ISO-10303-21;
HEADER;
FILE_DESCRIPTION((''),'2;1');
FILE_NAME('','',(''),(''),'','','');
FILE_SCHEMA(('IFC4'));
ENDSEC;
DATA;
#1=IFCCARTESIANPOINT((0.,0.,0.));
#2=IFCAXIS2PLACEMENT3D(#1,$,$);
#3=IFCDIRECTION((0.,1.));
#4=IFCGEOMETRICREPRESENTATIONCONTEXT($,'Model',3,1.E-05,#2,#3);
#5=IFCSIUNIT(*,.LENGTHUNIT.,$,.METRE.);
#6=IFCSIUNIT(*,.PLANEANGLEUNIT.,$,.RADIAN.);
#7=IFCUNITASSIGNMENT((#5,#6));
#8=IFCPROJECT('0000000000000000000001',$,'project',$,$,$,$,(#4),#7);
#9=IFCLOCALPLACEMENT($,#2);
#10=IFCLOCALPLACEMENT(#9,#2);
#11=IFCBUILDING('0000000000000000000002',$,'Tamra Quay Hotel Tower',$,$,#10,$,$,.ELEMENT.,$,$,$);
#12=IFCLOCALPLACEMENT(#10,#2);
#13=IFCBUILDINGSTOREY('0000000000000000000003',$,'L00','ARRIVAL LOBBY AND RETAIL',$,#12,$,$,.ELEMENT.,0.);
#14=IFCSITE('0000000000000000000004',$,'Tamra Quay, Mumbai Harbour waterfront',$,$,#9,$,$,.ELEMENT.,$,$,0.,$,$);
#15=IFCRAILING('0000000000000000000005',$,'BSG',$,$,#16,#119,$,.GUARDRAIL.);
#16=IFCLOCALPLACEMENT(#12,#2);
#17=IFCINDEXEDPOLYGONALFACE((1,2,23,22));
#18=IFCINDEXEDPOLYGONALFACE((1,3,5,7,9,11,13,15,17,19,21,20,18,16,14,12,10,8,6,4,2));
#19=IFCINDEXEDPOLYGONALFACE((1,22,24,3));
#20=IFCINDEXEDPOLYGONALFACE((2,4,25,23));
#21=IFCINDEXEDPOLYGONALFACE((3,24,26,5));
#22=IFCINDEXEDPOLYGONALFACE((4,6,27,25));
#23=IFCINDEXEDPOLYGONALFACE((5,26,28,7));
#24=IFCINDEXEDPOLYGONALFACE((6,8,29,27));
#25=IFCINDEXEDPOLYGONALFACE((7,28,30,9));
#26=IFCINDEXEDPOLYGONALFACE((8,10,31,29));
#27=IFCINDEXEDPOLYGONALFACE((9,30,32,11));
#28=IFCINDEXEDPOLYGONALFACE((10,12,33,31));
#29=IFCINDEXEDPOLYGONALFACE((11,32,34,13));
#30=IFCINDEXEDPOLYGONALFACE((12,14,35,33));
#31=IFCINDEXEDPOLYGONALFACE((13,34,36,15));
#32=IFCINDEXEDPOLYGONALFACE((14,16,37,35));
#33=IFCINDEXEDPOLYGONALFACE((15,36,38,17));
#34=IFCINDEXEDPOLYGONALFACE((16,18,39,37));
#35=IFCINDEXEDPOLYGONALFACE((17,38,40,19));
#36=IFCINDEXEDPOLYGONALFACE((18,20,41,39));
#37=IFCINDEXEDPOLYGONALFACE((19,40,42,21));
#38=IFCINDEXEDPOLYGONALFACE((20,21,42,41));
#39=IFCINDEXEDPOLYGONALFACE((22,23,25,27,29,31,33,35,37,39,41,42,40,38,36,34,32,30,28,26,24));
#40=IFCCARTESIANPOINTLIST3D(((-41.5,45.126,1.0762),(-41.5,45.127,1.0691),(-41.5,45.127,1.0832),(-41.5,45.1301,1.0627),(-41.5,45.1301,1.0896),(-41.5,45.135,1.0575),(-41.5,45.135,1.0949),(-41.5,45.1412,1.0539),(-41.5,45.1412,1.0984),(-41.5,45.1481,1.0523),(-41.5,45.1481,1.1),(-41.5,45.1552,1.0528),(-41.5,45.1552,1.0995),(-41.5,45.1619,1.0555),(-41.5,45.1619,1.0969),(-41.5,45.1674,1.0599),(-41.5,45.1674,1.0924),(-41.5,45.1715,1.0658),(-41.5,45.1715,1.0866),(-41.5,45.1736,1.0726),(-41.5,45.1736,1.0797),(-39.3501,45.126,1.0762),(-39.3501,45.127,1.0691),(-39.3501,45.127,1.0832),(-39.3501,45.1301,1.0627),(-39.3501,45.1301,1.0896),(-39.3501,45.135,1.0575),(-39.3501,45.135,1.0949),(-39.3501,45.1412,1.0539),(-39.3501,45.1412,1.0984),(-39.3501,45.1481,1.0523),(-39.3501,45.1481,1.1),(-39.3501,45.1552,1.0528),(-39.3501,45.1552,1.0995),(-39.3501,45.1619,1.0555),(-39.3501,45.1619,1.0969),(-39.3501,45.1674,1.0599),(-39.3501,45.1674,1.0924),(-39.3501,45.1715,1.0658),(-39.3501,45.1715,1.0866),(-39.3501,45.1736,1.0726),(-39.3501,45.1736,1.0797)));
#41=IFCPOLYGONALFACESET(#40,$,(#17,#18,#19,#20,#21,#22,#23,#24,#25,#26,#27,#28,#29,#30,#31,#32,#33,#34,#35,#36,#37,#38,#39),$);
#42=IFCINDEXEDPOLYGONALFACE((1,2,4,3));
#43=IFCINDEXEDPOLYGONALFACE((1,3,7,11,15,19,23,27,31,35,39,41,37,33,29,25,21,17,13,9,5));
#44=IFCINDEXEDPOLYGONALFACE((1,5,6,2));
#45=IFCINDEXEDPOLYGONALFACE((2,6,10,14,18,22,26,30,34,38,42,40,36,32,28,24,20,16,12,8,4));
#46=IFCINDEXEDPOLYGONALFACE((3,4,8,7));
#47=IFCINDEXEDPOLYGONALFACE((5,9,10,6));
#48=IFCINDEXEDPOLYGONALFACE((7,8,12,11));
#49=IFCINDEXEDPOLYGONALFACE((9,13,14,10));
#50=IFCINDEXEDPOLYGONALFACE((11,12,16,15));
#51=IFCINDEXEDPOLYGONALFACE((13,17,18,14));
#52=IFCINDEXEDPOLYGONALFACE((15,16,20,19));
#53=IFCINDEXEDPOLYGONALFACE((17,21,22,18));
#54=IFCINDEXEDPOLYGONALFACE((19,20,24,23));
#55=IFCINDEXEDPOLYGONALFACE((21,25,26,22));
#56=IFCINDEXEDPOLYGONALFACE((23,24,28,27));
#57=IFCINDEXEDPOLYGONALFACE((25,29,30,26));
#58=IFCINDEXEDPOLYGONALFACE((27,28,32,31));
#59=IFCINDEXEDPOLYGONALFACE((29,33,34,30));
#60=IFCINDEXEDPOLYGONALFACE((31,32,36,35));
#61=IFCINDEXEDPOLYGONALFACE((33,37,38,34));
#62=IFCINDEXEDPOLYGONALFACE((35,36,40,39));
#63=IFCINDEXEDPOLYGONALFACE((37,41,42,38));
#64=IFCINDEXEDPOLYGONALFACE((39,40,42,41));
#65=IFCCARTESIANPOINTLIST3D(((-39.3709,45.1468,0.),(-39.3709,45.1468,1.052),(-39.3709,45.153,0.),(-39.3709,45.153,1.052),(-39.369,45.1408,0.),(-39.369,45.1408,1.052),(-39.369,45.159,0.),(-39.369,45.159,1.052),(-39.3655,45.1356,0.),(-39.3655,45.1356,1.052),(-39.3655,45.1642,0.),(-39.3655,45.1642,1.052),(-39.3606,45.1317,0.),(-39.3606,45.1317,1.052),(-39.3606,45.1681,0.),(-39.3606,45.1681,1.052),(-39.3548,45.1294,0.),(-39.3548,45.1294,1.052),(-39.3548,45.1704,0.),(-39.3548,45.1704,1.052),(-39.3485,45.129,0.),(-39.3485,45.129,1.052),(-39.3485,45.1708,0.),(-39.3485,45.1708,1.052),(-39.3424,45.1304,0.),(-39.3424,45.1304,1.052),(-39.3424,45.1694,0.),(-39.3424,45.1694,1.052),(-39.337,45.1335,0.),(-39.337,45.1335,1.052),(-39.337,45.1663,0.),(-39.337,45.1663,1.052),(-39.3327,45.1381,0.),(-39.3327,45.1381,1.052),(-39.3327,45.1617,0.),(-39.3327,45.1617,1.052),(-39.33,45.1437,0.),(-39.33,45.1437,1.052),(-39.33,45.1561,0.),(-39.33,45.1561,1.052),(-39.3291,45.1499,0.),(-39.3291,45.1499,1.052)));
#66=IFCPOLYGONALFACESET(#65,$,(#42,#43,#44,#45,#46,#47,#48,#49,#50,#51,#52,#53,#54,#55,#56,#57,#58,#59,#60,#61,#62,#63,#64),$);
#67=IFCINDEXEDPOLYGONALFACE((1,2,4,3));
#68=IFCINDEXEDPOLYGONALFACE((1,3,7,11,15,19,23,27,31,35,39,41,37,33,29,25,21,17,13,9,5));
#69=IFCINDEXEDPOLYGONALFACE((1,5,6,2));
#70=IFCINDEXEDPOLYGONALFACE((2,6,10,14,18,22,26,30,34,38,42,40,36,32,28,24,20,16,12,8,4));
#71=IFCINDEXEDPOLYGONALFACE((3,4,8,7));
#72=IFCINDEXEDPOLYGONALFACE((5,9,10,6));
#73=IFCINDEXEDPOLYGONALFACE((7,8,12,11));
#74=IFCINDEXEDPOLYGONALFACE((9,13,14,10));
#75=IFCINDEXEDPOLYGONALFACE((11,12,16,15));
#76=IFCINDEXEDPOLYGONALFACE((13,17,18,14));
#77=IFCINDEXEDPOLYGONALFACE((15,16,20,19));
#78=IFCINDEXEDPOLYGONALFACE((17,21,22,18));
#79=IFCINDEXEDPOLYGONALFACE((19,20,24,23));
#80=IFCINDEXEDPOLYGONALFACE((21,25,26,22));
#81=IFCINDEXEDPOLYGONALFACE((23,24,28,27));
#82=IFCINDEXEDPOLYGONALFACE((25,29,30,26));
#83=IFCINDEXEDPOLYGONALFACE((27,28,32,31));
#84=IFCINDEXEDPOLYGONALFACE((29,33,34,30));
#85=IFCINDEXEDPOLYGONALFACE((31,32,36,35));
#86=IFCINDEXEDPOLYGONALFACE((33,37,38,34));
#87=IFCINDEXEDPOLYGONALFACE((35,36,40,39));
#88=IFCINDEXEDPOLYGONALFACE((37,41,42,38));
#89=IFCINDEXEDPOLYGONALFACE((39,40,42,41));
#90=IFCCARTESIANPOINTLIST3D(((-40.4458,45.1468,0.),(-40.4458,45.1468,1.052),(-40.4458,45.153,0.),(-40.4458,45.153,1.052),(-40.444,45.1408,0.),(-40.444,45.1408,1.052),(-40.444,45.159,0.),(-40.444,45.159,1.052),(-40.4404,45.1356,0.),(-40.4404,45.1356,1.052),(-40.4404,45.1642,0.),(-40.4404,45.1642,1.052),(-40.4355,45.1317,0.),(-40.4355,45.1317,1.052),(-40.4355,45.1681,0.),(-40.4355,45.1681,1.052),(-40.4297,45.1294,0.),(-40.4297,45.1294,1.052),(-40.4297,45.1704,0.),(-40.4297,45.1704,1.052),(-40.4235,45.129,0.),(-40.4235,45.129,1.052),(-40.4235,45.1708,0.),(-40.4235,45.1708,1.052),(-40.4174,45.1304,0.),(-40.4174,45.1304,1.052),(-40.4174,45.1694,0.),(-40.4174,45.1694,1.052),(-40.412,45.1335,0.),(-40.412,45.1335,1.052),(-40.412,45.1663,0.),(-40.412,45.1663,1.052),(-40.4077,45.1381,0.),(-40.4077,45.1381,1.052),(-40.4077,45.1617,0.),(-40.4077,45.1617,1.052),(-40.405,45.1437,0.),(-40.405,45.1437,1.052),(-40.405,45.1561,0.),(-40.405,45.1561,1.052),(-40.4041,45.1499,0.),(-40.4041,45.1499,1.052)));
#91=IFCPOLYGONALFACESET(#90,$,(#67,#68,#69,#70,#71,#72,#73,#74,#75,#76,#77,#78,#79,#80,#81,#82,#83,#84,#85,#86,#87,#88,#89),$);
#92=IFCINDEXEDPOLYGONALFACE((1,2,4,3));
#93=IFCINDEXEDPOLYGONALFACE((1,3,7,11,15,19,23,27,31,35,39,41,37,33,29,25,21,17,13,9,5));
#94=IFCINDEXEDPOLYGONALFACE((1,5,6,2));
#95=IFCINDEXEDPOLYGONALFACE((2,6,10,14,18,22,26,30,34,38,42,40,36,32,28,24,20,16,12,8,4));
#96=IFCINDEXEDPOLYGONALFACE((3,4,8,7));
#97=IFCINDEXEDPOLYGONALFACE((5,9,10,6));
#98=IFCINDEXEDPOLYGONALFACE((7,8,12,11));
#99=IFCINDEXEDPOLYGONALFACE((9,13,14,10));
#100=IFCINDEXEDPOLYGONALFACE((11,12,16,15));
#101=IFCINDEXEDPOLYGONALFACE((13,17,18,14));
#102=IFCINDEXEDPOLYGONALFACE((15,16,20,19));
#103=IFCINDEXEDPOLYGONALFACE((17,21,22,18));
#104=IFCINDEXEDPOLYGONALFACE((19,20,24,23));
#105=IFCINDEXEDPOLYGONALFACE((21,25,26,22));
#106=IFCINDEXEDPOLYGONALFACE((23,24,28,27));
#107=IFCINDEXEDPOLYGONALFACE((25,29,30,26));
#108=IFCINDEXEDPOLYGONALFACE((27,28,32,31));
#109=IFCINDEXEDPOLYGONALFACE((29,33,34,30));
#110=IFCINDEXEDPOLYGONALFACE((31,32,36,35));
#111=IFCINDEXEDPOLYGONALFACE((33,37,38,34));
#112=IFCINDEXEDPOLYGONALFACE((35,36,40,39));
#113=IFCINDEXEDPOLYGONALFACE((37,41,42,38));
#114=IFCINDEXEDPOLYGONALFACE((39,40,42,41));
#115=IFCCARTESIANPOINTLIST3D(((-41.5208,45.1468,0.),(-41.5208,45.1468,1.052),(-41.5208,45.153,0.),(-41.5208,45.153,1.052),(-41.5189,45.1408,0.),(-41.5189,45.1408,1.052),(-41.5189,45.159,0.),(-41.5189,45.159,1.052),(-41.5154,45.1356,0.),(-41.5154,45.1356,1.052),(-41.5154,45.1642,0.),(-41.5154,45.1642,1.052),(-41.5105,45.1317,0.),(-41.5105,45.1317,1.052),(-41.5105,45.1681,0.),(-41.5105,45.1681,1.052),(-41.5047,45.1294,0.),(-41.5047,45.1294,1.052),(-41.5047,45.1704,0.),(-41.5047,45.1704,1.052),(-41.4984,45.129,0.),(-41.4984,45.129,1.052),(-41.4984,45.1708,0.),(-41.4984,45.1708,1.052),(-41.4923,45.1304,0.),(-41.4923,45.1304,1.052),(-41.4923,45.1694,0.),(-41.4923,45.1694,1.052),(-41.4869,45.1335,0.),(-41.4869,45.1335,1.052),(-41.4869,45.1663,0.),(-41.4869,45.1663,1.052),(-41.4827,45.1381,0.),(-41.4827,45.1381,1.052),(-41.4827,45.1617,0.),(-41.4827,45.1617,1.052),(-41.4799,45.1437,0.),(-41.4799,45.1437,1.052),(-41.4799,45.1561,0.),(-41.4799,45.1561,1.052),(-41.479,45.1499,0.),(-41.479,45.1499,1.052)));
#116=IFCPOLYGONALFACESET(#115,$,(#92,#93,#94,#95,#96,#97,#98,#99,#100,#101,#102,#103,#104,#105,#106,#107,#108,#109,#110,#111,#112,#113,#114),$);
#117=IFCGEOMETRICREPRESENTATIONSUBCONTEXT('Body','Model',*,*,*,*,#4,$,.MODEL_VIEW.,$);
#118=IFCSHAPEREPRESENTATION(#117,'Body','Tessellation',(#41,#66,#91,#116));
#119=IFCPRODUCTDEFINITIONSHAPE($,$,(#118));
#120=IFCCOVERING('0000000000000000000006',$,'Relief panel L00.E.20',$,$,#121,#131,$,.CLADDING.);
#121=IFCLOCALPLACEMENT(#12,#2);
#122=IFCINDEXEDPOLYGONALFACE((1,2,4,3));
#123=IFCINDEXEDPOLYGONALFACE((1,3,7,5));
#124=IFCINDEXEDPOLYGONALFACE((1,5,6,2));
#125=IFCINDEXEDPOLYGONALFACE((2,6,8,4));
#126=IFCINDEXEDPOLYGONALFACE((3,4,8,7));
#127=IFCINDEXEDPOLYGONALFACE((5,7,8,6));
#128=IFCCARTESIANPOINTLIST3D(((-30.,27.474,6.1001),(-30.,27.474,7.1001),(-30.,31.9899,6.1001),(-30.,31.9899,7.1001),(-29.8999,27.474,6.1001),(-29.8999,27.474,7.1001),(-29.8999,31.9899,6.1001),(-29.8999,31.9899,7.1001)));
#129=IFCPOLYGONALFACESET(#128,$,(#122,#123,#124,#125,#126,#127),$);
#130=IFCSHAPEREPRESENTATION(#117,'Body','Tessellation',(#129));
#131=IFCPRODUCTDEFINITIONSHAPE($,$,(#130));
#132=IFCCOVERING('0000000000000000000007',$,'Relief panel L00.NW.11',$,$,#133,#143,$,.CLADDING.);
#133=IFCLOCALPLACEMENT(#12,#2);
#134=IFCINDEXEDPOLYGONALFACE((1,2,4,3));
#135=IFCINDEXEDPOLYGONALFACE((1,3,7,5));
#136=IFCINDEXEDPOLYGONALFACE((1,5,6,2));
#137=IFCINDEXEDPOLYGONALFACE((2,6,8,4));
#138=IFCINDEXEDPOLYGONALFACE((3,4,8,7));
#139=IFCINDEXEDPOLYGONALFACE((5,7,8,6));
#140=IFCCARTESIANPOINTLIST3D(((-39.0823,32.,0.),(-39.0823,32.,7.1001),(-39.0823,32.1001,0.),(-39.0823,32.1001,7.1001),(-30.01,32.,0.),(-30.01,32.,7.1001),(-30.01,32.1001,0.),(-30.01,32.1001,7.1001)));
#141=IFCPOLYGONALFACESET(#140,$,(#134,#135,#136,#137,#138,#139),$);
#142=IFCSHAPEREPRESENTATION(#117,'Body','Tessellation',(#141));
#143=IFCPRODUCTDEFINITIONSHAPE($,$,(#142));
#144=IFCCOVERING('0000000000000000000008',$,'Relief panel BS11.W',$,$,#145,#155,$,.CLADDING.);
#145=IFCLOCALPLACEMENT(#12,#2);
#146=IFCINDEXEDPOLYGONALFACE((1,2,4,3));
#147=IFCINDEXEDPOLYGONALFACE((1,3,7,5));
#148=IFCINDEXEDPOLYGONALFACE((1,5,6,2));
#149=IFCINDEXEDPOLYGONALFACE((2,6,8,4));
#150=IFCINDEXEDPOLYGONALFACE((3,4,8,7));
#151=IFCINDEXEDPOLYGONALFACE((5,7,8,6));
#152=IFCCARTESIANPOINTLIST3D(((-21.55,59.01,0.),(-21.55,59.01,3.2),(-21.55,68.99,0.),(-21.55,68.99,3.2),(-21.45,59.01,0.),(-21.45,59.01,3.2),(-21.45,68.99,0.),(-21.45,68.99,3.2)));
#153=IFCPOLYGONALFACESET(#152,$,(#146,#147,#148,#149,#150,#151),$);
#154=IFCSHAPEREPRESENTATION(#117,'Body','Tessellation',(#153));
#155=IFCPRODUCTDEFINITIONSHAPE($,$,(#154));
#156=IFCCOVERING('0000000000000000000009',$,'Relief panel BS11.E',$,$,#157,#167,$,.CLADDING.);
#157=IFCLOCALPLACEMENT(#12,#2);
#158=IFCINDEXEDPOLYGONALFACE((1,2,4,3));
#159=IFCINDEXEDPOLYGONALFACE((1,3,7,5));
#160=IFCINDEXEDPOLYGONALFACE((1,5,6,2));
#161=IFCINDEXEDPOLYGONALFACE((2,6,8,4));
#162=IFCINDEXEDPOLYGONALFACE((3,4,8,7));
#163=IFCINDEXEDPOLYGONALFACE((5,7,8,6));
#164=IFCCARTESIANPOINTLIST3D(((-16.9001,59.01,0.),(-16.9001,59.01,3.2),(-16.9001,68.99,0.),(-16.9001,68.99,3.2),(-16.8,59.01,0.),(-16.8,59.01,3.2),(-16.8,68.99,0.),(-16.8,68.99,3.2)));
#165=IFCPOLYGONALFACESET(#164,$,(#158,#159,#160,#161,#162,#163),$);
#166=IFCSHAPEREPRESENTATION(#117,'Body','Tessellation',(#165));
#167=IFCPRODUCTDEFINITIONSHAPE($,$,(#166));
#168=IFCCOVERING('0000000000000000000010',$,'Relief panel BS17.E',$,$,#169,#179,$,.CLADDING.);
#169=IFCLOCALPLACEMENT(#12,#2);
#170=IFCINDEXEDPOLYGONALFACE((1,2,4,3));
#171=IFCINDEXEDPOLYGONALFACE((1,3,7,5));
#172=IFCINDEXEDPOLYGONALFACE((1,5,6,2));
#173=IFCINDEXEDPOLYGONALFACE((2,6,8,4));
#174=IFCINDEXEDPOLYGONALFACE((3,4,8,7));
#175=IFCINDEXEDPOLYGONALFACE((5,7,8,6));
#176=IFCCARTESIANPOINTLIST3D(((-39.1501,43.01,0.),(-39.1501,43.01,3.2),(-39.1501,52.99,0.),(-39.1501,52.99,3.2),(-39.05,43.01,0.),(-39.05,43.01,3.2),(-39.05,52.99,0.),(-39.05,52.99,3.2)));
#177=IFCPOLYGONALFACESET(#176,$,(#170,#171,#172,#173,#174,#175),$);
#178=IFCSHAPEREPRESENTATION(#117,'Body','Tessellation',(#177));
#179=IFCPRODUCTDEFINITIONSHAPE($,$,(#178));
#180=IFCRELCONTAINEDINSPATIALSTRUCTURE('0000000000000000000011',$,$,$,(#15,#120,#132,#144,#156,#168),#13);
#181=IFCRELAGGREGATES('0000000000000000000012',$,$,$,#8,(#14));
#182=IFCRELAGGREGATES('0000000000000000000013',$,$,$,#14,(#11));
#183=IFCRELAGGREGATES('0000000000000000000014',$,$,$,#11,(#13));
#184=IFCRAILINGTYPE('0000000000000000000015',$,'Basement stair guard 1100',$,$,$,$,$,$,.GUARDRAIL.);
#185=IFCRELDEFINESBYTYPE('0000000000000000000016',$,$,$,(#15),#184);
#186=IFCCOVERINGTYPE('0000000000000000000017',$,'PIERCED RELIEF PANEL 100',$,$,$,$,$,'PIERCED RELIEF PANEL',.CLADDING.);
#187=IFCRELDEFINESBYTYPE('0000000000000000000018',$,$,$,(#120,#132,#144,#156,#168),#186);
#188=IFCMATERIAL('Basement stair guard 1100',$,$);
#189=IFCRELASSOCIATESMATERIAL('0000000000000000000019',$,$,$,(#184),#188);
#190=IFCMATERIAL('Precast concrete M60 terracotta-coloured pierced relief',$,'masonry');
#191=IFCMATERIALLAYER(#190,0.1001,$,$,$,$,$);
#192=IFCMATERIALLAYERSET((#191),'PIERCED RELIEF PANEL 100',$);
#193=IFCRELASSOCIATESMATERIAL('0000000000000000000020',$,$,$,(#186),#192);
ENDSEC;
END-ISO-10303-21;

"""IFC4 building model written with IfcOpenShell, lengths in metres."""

from ifc_helpers import new_model, si_unit, direction, frame, origin, origin_2d, place, context, subcontext, project, spatial, rectangle, circle, extrude, material, layer, layer_set, type_object, element, save


model = new_model("IFC4")

# Units and contexts
model_context = context("Model", 3, precision=1e-05, world=origin(), true_north=direction((0.0, 1.0)))
body_context = subcontext(model_context, "Body", "Model", "MODEL_VIEW")
ifc_project = project(units=[si_unit("LENGTHUNIT", "METRE"), si_unit("PLANEANGLEUNIT", "RADIAN")], contexts=[model_context])

# Site, building, storey
site_placement = place(None, origin())
site = spatial("IfcSite", under=ifc_project, at=site_placement, Name="Tamra Quay, Mumbai Harbour waterfront", CompositionType="ELEMENT", RefElevation=0.0)
building_placement = place(site_placement, origin())
building = spatial("IfcBuilding", under=site, at=building_placement, Name="Tamra Quay Hotel Tower", CompositionType="ELEMENT")
storey_placement = place(building_placement, origin())
storey = spatial("IfcBuildingStorey", under=building, at=storey_placement, Name="L00", Description="ARRIVAL LOBBY AND RETAIL", CompositionType="ELEMENT", Elevation=0.0)

# Railing
ifc_material_1 = material(Name="Basement stair guard 1100")
railing_type = type_object("IfcRailingType", Name="Basement stair guard 1100", PredefinedType="GUARDRAIL", material=ifc_material_1)
for number, where, name in (
    (1, (-39.3501, 45.1499, 0.0), "BSG"),
):
    element("IfcRailing", number, at=place(storey_placement, frame(where)), inside=storey, type_object=railing_type, Name=name, PredefinedType="GUARDRAIL", context=body_context, shape_type="SweptSolid", body=[
        extrude(circle(Radius=0.0239, at=origin_2d()), frame((0.0, 0.0, 1.0762), z_axis=(-1.0, 0.0, 0.0), x_axis=(0.0, -1.0, 0.0)), (0.0, 0.0, 1.0), 2.1499),
        extrude(circle(Radius=0.021, at=origin_2d()), origin(), (0.0, 0.0, 1.0), 1.052),
        extrude(circle(Radius=0.021, at=origin_2d()), frame((-1.075, 0.0, 0.0)), (0.0, 0.0, 1.0), 1.052),
        extrude(circle(Radius=0.021, at=origin_2d()), frame((-2.1499, 0.0, 0.0)), (0.0, 0.0, 1.0), 1.052),
    ])

# Coverings
ifc_material_2 = material(Name="Precast concrete M60 terracotta-coloured pierced relief", Category="masonry")
ifc_layer_1 = layer(ifc_material_2, 0.1001)
ifc_layer_set_1 = layer_set([ifc_layer_1], Name="PIERCED RELIEF PANEL 100")
covering_type = type_object("IfcCoveringType", Name="PIERCED RELIEF PANEL 100", ElementType="PIERCED RELIEF PANEL", PredefinedType="CLADDING", material=ifc_layer_set_1)
covering_1_placement = place(storey_placement, frame((-29.95, 29.7319, 6.1001), z_axis=(0.0, 0.0, 1.0), x_axis=(0.0, 1.0, 0.0)))
element("IfcCovering", 2, at=covering_1_placement, inside=storey, type_object=covering_type, Name="Relief panel L00.E.20", PredefinedType="CLADDING", context=body_context, shape_type="SweptSolid", body=[
    extrude(rectangle(XDim=4.5159, YDim=0.1001, at=origin_2d()), origin(), (0.0, 0.0, 1.0), 1.0),
])
covering_2_placement = place(storey_placement, frame((-34.5461, 32.05, 0.0), z_axis=(0.0, 0.0, 1.0), x_axis=(-1.0, 0.0, 0.0)))
element("IfcCovering", 3, at=covering_2_placement, inside=storey, type_object=covering_type, Name="Relief panel L00.NW.11", PredefinedType="CLADDING", context=body_context, shape_type="SweptSolid", body=[
    extrude(rectangle(XDim=9.0723, YDim=0.1001, at=origin_2d()), origin(), (0.0, 0.0, 1.0), 7.1001),
])
for number, where, z_axis, x_axis, name in (
    (4, (-21.5, 64.0, 0.0), (0.0, 0.0, 1.0), (0.0, -1.0, 0.0), "Relief panel BS11.W"),
    (5, (-16.8501, 64.0, 0.0), (0.0, 0.0, 1.0), (0.0, 1.0, 0.0), "Relief panel BS11.E"),
    (6, (-39.1001, 48.0, 0.0), (0.0, 0.0, 1.0), (0.0, 1.0, 0.0), "Relief panel BS17.E"),
):
    element("IfcCovering", number, at=place(storey_placement, frame(where, z_axis=z_axis, x_axis=x_axis)), inside=storey, type_object=covering_type, Name=name, PredefinedType="CLADDING", context=body_context, shape_type="SweptSolid", body=[
        extrude(rectangle(XDim=9.98, YDim=0.1001, at=origin_2d()), origin(), (0.0, 0.0, 1.0), 3.2),
    ])

save(model, "model.ifc")
